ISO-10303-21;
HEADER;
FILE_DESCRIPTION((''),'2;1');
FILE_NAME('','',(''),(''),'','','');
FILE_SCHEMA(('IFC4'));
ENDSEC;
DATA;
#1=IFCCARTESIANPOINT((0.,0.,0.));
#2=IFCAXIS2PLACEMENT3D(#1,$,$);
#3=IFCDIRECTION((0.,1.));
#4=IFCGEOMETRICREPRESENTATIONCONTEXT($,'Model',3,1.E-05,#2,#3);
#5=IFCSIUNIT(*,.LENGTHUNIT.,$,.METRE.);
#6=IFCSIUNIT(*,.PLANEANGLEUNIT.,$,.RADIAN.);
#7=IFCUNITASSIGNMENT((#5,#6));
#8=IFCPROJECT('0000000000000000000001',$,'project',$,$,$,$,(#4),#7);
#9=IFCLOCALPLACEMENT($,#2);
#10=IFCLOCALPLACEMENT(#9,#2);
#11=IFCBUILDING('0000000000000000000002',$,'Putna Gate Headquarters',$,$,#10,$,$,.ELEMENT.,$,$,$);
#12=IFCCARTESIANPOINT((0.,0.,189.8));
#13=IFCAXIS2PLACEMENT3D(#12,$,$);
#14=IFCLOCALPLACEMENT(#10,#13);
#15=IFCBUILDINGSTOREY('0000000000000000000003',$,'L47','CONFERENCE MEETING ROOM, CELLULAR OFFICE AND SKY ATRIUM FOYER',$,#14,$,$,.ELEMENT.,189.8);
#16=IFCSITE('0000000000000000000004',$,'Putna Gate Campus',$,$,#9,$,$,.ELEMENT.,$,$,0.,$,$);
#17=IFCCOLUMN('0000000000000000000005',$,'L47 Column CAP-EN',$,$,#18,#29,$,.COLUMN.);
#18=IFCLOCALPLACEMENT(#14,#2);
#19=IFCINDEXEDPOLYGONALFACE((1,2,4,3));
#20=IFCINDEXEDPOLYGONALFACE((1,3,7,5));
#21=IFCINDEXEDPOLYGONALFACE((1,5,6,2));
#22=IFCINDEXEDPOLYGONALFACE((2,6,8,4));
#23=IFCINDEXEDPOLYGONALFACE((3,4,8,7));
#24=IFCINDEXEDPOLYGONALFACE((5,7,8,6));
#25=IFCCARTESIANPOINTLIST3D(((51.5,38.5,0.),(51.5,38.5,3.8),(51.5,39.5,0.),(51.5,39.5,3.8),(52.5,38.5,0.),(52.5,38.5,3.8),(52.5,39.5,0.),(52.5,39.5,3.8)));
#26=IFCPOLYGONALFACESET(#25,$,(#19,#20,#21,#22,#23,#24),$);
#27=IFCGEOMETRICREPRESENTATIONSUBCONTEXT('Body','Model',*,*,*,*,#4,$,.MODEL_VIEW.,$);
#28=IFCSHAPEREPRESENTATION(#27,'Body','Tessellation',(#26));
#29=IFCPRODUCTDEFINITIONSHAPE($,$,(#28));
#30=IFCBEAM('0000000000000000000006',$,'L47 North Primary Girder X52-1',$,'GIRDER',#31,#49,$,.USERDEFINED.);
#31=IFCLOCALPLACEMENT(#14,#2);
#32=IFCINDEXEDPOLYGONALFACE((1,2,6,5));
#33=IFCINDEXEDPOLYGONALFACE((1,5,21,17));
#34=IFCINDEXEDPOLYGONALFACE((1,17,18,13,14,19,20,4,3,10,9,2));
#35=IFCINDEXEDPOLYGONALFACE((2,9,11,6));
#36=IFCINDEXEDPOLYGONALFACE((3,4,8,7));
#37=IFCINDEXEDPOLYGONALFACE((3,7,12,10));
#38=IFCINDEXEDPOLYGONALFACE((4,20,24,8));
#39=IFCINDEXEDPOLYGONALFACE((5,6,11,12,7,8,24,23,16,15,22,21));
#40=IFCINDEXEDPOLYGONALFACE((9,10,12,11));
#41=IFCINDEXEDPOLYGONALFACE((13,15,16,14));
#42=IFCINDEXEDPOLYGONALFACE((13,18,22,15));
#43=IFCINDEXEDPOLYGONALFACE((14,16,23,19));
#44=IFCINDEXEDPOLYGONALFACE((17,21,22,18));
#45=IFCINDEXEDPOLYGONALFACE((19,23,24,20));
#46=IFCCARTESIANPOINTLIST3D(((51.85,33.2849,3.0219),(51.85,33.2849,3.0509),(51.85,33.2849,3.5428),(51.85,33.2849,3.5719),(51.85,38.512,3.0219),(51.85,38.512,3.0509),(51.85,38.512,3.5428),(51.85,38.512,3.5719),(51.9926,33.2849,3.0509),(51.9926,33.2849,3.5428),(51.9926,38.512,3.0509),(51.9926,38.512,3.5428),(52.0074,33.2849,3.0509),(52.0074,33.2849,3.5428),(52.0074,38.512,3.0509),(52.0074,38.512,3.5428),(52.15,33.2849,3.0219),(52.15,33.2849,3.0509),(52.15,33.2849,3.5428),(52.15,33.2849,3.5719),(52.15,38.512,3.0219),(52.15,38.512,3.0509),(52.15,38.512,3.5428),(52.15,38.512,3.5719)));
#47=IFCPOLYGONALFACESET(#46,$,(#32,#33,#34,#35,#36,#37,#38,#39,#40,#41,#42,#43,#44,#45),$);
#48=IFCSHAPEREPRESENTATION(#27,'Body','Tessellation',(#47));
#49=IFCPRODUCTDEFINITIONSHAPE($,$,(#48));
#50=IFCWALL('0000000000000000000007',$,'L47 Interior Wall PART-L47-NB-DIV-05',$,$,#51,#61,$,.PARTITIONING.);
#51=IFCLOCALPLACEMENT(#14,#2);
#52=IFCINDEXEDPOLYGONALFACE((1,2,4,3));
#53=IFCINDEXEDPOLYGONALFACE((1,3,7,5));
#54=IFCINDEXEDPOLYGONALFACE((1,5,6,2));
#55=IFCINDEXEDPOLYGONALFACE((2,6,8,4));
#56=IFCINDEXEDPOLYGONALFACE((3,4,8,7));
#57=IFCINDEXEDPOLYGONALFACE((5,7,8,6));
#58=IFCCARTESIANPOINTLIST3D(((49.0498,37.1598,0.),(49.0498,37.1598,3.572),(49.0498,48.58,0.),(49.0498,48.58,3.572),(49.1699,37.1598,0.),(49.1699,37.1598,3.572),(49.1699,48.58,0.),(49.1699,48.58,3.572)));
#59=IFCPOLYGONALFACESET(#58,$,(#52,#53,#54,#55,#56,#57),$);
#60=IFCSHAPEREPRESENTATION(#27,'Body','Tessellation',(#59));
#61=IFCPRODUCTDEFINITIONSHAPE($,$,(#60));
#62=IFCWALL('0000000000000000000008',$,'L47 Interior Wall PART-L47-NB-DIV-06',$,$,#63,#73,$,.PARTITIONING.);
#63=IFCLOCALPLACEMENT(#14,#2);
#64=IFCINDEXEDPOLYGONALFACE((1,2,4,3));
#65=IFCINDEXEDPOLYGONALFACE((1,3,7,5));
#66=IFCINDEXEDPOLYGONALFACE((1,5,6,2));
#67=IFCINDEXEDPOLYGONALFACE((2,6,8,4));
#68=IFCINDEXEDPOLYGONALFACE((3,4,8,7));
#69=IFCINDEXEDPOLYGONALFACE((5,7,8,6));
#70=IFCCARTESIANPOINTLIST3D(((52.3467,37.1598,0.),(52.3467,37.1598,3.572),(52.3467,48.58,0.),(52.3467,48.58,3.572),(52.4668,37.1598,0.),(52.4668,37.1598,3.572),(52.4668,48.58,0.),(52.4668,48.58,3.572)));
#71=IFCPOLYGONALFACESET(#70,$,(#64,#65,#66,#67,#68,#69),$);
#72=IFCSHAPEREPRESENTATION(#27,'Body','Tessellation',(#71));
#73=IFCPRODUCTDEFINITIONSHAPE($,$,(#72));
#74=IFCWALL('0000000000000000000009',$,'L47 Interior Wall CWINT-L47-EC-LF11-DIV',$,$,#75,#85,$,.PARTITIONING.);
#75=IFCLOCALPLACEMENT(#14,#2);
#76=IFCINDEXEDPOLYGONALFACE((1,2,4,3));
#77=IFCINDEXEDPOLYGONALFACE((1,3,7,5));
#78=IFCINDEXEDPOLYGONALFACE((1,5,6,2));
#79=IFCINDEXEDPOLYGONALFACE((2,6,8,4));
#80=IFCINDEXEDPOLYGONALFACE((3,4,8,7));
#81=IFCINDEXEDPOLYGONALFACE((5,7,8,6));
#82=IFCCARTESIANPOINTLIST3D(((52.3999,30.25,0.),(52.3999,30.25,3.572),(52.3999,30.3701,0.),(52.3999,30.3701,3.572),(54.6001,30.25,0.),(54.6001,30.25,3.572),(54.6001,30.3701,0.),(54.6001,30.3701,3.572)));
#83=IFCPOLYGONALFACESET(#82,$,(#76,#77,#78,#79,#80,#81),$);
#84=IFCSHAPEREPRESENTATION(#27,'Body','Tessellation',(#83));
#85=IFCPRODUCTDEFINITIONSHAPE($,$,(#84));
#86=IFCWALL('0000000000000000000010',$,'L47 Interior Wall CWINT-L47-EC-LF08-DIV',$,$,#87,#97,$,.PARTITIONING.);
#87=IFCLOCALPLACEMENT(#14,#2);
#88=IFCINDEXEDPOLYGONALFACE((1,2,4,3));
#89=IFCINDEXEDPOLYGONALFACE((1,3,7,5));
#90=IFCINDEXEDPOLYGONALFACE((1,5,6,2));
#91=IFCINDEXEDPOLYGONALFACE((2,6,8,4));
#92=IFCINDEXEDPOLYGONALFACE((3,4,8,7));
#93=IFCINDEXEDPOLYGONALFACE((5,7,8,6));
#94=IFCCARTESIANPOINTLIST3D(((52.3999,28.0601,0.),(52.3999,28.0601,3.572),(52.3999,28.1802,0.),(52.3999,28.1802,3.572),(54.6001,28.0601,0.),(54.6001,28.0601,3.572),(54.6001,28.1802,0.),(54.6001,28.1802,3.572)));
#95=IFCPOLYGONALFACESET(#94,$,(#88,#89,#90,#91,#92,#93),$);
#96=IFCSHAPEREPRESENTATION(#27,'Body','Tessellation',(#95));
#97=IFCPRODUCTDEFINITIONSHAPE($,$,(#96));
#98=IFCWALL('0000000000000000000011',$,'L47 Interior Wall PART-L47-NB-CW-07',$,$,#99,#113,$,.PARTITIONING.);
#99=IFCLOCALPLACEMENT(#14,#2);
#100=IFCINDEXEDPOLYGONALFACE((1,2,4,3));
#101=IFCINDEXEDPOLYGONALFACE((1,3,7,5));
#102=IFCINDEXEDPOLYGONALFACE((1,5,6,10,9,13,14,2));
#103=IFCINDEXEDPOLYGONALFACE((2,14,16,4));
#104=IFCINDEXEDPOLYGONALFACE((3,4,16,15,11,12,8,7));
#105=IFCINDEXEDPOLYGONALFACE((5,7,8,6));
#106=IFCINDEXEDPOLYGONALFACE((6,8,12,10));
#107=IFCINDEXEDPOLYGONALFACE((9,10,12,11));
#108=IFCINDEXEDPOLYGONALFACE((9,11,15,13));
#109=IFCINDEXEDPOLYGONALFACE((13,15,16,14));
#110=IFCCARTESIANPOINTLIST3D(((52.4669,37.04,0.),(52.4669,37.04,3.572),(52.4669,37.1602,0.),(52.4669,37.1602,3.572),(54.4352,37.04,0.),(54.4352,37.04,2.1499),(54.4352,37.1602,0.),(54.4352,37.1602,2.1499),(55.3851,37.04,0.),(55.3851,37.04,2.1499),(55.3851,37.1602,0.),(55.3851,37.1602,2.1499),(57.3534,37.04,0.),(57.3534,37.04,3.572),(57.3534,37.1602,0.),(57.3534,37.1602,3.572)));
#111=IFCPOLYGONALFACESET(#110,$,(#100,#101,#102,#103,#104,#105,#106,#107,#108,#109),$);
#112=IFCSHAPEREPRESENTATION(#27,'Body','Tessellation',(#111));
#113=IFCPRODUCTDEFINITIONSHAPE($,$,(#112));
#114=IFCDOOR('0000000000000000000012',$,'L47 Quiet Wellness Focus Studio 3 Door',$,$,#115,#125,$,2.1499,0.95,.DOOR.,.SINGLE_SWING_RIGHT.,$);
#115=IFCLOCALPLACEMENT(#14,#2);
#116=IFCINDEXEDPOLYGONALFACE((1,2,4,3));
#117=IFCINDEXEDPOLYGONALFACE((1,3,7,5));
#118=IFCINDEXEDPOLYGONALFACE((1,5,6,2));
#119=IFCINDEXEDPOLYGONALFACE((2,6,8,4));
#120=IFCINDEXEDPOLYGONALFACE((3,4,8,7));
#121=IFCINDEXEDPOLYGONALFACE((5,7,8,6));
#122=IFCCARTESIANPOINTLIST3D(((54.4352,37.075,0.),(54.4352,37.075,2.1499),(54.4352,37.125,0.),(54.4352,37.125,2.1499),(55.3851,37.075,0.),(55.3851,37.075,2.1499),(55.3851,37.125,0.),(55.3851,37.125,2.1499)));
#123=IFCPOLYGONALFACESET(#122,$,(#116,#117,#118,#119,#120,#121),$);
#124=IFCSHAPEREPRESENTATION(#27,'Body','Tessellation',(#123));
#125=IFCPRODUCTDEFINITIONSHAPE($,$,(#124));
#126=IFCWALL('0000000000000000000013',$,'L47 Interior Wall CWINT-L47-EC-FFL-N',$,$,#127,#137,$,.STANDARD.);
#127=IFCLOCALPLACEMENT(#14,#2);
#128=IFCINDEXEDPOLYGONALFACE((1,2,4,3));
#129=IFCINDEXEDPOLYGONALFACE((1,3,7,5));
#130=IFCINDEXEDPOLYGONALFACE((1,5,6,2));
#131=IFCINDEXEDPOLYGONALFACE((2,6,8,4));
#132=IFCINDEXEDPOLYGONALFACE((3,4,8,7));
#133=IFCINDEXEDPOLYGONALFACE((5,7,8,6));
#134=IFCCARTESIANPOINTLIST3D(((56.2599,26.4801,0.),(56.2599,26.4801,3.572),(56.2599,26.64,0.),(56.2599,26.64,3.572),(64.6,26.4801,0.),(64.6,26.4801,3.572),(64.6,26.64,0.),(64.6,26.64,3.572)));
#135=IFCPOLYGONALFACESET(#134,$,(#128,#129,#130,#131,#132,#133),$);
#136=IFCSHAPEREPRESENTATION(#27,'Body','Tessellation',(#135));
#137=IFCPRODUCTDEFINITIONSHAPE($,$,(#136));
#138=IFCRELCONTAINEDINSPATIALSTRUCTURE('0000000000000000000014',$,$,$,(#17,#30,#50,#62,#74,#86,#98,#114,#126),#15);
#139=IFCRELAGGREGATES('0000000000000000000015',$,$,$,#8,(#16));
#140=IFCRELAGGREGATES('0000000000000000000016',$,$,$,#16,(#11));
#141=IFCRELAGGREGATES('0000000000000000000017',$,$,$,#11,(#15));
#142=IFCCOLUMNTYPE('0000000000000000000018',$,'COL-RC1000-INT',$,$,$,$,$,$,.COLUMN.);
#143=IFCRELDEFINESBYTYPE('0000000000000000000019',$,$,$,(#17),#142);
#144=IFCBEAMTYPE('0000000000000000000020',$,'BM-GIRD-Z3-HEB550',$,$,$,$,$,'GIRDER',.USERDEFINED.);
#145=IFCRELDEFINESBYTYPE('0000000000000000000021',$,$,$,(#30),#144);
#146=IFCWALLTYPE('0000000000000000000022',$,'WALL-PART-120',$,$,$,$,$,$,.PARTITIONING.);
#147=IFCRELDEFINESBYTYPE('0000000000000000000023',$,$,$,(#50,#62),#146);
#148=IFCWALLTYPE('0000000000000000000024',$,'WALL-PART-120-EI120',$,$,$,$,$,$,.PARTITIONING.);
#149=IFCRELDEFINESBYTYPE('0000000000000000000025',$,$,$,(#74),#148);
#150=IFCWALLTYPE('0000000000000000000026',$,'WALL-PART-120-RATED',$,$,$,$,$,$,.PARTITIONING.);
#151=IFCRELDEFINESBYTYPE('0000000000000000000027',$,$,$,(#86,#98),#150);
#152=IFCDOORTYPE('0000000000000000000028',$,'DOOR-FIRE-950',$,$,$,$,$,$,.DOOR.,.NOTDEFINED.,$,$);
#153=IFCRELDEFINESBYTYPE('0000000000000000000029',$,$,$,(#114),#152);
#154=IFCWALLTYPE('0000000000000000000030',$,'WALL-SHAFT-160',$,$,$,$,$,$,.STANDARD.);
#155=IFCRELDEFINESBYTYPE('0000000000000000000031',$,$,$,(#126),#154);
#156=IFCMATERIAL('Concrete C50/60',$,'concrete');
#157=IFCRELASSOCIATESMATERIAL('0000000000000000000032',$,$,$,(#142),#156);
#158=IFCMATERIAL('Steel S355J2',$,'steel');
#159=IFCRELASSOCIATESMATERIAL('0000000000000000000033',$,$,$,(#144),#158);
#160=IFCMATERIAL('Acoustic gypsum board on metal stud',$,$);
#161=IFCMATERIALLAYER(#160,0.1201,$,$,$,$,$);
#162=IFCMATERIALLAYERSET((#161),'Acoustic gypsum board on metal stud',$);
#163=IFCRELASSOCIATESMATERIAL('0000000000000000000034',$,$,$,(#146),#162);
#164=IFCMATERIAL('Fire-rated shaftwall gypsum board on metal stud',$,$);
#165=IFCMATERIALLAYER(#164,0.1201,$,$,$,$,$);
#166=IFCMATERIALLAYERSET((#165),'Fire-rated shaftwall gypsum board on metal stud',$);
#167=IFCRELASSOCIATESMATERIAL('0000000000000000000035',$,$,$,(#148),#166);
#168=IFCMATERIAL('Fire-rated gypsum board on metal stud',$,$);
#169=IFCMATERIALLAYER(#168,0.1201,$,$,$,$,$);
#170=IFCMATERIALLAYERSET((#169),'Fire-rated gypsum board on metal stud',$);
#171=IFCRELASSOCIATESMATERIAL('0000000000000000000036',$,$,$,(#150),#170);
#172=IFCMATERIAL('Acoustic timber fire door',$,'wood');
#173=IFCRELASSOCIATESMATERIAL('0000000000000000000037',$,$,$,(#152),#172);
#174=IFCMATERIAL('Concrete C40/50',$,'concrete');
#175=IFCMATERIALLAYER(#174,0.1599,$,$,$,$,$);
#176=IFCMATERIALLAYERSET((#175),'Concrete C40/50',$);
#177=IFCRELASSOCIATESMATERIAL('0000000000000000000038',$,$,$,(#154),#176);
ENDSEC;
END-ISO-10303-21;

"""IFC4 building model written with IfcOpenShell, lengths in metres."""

from ifc_helpers import new_model, si_unit, direction, frame, frame_2d, origin, origin_2d, place, context, subcontext, project, spatial, rectangle, i_section, extrude, material, layer, layer_set, material_profile, profile_set, type_object, element, fill, save


model = new_model("IFC4")

# Units and contexts
model_context = context("Model", 3, precision=1e-05, world=origin(), true_north=direction((0.0, 1.0)))
body_context = subcontext(model_context, "Body", "Model", "MODEL_VIEW")
ifc_project = project(units=[si_unit("LENGTHUNIT", "METRE"), si_unit("PLANEANGLEUNIT", "RADIAN")], contexts=[model_context])

# Site, building, storey
site_placement = place(None, origin())
site = spatial("IfcSite", under=ifc_project, at=site_placement, Name="Putna Gate Campus", CompositionType="ELEMENT", RefElevation=0.0)
building_placement = place(site_placement, origin())
building = spatial("IfcBuilding", under=site, at=building_placement, Name="Putna Gate Headquarters", CompositionType="ELEMENT")
storey_placement = place(building_placement, frame((0.0, 0.0, 189.8)))
storey = spatial("IfcBuildingStorey", under=building, at=storey_placement, Name="L47", Description="CONFERENCE MEETING ROOM, CELLULAR OFFICE AND SKY ATRIUM FOYER", CompositionType="ELEMENT", Elevation=189.8)

# Column
ifc_material_1 = material(Name="Concrete C50/60", Category="concrete")
ifc_material_profile_1 = material_profile(ifc_material_1, rectangle(XDim=1.0, YDim=1.0, at=origin_2d()), Name="Concrete C50/60")
ifc_profile_set_1 = profile_set([ifc_material_profile_1], Name="Concrete C50/60")
column_type = type_object("IfcColumnType", Name="COL-RC1000-INT", PredefinedType="COLUMN", material=ifc_profile_set_1)
column_placement = place(storey_placement, frame((52.0, 39.0, 0.0), z_axis=(0.0, 0.0, 1.0), x_axis=(1.0, 0.0, 0.0)))
element("IfcColumn", 1, at=column_placement, inside=storey, type_object=column_type, Name="L47 Column CAP-EN", PredefinedType="COLUMN", context=body_context, shape_type="SweptSolid", body=[
    extrude(rectangle(XDim=1.0, YDim=1.0, at=origin_2d()), origin(), (0.0, 0.0, 1.0), 3.8),
])

# Beam
ifc_material_2 = material(Name="Steel S355J2", Category="steel")
ifc_material_profile_2 = material_profile(ifc_material_2, i_section(OverallWidth=0.3, OverallDepth=0.55, WebThickness=0.0149, FlangeThickness=0.0291, at=origin_2d()), Name="Steel S355J2")
ifc_profile_set_2 = profile_set([ifc_material_profile_2], Name="Steel S355J2")
beam_type = type_object("IfcBeamType", Name="BM-GIRD-Z3-HEB550", ElementType="GIRDER", PredefinedType="USERDEFINED", material=ifc_profile_set_2)
beam_placement = place(storey_placement, frame((52.0, 33.2849, 3.2969), z_axis=(0.0, 1.0, 0.0), x_axis=(-1.0, 0.0, 0.0)))
element("IfcBeam", 2, at=beam_placement, inside=storey, type_object=beam_type, Name="L47 North Primary Girder X52-1", ObjectType="GIRDER", PredefinedType="USERDEFINED", context=body_context, shape_type="SweptSolid", body=[
    extrude(i_section(OverallWidth=0.3, OverallDepth=0.55, WebThickness=0.0149, FlangeThickness=0.0291, at=origin_2d()), origin(), (0.0, 0.0, 1.0), 5.2271),
])

# Shared definitions
ifc_material_3 = material(Name="Acoustic gypsum board on metal stud")
ifc_layer_1 = layer(ifc_material_3, 0.1201)
ifc_layer_set_1 = layer_set([ifc_layer_1], Name="Acoustic gypsum board on metal stud")
wall_type_1 = type_object("IfcWallType", Name="WALL-PART-120", PredefinedType="PARTITIONING", material=ifc_layer_set_1)

# Walls
for number, where, z_axis, x_axis, name in (
    (3, (49.1099, 37.1599, 0.0), (0.0, 0.0, 1.0), (0.0, 1.0, 0.0), "L47 Interior Wall PART-L47-NB-DIV-05"),
    (4, (52.4067, 37.1599, 0.0), (0.0, 0.0, 1.0), (0.0, 1.0, 0.0), "L47 Interior Wall PART-L47-NB-DIV-06"),
):
    element("IfcWall", number, at=place(storey_placement, frame(where, z_axis=z_axis, x_axis=x_axis)), inside=storey, type_object=wall_type_1, Name=name, PredefinedType="PARTITIONING", context=body_context, shape_type="SweptSolid", body=[
        extrude(rectangle(XDim=11.4202, YDim=0.1201, at=frame_2d((5.71, 0.0))), origin(), (0.0, 0.0, 1.0), 3.572),
    ])
ifc_material_4 = material(Name="Fire-rated shaftwall gypsum board on metal stud")
ifc_layer_2 = layer(ifc_material_4, 0.1201)
ifc_layer_set_2 = layer_set([ifc_layer_2], Name="Fire-rated shaftwall gypsum board on metal stud")
wall_type_2 = type_object("IfcWallType", Name="WALL-PART-120-EI120", PredefinedType="PARTITIONING", material=ifc_layer_set_2)
wall_1_placement = place(storey_placement, frame((52.3999, 30.3101, 0.0), z_axis=(0.0, 0.0, 1.0), x_axis=(1.0, 0.0, 0.0)))
element("IfcWall", 5, at=wall_1_placement, inside=storey, type_object=wall_type_2, Name="L47 Interior Wall CWINT-L47-EC-LF11-DIV", PredefinedType="PARTITIONING", context=body_context, shape_type="SweptSolid", body=[
    extrude(rectangle(XDim=2.2002, YDim=0.1201, at=frame_2d((1.1001, 0.0))), origin(), (0.0, 0.0, 1.0), 3.572),
])
ifc_material_5 = material(Name="Fire-rated gypsum board on metal stud")
ifc_layer_3 = layer(ifc_material_5, 0.1201)
ifc_layer_set_3 = layer_set([ifc_layer_3], Name="Fire-rated gypsum board on metal stud")
wall_type_3 = type_object("IfcWallType", Name="WALL-PART-120-RATED", PredefinedType="PARTITIONING", material=ifc_layer_set_3)
wall_2_placement = place(storey_placement, frame((52.3999, 28.1201, 0.0), z_axis=(0.0, 0.0, 1.0), x_axis=(1.0, 0.0, 0.0)))
element("IfcWall", 6, at=wall_2_placement, inside=storey, type_object=wall_type_3, Name="L47 Interior Wall CWINT-L47-EC-LF08-DIV", PredefinedType="PARTITIONING", context=body_context, shape_type="SweptSolid", body=[
    extrude(rectangle(XDim=2.2002, YDim=0.1201, at=frame_2d((1.1001, 0.0))), origin(), (0.0, 0.0, 1.0), 3.572),
])

# Wall, opening, door
ifc_material_6 = material(Name="Acoustic timber fire door", Category="wood")
door_type_1 = type_object("IfcDoorType", Name="DOOR-FIRE-950", OperationType="NOTDEFINED", PredefinedType="DOOR", material=ifc_material_6)
wall_3_placement = place(storey_placement, frame((52.4668, 37.1001, 0.0), z_axis=(0.0, 0.0, 1.0), x_axis=(1.0, 0.0, 0.0)))
wall_3 = element("IfcWall", 7, at=wall_3_placement, inside=storey, type_object=wall_type_3, Name="L47 Interior Wall PART-L47-NB-CW-07", PredefinedType="PARTITIONING", context=body_context, shape_type="SweptSolid", body=[
    extrude(rectangle(XDim=4.8865, YDim=0.1201, at=frame_2d((2.4434, 0.0))), origin(), (0.0, 0.0, 1.0), 3.572),
])
opening_1_placement = place(wall_3_placement, frame((1.9683, 0.0, 0.0)))
opening_1 = element("IfcOpeningElement", 8, at=opening_1_placement, cuts=wall_3, PredefinedType="OPENING", context=body_context, shape_type="SweptSolid", body=[
    extrude(rectangle(XDim=0.95, YDim=2.1499, at=frame_2d((0.4751, 1.075))), frame((0.0, 0.0701, 0.0), z_axis=(0.0, -1.0, 0.0), x_axis=(1.0, 0.0, 0.0)), (0.0, 0.0, 1.0), 0.1401),
])
door_1_placement = place(opening_1_placement, origin())
door_1 = element("IfcDoor", 9, at=door_1_placement, inside=storey, type_object=door_type_1, Name="L47 Quiet Wellness Focus Studio 3 Door", OperationType="SINGLE_SWING_RIGHT", OverallHeight=2.1499, OverallWidth=0.95, PredefinedType="DOOR", context=body_context, shape_type="SweptSolid", body=[
    extrude(rectangle(XDim=0.95, YDim=2.1499, at=frame_2d((0.4751, 1.075))), frame((0.0, 0.0249, 0.0), z_axis=(0.0, -1.0, 0.0), x_axis=(1.0, 0.0, 0.0)), (0.0, 0.0, 1.0), 0.05),
])
fill(opening_1, door_1)

# Wall
ifc_material_7 = material(Name="Concrete C40/50", Category="concrete")
ifc_layer_4 = layer(ifc_material_7, 0.1599)
ifc_layer_set_4 = layer_set([ifc_layer_4], Name="Concrete C40/50")
wall_type_4 = type_object("IfcWallType", Name="WALL-SHAFT-160", PredefinedType="STANDARD", material=ifc_layer_set_4)
wall_4_placement = place(storey_placement, frame((56.26, 26.5601, 0.0), z_axis=(0.0, 0.0, 1.0), x_axis=(1.0, 0.0, 0.0)))
element("IfcWall", 10, at=wall_4_placement, inside=storey, type_object=wall_type_4, Name="L47 Interior Wall CWINT-L47-EC-FFL-N", PredefinedType="STANDARD", context=body_context, shape_type="SweptSolid", body=[
    extrude(rectangle(XDim=8.3401, YDim=0.1599, at=frame_2d((4.1699, 0.0))), origin(), (0.0, 0.0, 1.0), 3.572),
])

save(model, "model.ifc")
